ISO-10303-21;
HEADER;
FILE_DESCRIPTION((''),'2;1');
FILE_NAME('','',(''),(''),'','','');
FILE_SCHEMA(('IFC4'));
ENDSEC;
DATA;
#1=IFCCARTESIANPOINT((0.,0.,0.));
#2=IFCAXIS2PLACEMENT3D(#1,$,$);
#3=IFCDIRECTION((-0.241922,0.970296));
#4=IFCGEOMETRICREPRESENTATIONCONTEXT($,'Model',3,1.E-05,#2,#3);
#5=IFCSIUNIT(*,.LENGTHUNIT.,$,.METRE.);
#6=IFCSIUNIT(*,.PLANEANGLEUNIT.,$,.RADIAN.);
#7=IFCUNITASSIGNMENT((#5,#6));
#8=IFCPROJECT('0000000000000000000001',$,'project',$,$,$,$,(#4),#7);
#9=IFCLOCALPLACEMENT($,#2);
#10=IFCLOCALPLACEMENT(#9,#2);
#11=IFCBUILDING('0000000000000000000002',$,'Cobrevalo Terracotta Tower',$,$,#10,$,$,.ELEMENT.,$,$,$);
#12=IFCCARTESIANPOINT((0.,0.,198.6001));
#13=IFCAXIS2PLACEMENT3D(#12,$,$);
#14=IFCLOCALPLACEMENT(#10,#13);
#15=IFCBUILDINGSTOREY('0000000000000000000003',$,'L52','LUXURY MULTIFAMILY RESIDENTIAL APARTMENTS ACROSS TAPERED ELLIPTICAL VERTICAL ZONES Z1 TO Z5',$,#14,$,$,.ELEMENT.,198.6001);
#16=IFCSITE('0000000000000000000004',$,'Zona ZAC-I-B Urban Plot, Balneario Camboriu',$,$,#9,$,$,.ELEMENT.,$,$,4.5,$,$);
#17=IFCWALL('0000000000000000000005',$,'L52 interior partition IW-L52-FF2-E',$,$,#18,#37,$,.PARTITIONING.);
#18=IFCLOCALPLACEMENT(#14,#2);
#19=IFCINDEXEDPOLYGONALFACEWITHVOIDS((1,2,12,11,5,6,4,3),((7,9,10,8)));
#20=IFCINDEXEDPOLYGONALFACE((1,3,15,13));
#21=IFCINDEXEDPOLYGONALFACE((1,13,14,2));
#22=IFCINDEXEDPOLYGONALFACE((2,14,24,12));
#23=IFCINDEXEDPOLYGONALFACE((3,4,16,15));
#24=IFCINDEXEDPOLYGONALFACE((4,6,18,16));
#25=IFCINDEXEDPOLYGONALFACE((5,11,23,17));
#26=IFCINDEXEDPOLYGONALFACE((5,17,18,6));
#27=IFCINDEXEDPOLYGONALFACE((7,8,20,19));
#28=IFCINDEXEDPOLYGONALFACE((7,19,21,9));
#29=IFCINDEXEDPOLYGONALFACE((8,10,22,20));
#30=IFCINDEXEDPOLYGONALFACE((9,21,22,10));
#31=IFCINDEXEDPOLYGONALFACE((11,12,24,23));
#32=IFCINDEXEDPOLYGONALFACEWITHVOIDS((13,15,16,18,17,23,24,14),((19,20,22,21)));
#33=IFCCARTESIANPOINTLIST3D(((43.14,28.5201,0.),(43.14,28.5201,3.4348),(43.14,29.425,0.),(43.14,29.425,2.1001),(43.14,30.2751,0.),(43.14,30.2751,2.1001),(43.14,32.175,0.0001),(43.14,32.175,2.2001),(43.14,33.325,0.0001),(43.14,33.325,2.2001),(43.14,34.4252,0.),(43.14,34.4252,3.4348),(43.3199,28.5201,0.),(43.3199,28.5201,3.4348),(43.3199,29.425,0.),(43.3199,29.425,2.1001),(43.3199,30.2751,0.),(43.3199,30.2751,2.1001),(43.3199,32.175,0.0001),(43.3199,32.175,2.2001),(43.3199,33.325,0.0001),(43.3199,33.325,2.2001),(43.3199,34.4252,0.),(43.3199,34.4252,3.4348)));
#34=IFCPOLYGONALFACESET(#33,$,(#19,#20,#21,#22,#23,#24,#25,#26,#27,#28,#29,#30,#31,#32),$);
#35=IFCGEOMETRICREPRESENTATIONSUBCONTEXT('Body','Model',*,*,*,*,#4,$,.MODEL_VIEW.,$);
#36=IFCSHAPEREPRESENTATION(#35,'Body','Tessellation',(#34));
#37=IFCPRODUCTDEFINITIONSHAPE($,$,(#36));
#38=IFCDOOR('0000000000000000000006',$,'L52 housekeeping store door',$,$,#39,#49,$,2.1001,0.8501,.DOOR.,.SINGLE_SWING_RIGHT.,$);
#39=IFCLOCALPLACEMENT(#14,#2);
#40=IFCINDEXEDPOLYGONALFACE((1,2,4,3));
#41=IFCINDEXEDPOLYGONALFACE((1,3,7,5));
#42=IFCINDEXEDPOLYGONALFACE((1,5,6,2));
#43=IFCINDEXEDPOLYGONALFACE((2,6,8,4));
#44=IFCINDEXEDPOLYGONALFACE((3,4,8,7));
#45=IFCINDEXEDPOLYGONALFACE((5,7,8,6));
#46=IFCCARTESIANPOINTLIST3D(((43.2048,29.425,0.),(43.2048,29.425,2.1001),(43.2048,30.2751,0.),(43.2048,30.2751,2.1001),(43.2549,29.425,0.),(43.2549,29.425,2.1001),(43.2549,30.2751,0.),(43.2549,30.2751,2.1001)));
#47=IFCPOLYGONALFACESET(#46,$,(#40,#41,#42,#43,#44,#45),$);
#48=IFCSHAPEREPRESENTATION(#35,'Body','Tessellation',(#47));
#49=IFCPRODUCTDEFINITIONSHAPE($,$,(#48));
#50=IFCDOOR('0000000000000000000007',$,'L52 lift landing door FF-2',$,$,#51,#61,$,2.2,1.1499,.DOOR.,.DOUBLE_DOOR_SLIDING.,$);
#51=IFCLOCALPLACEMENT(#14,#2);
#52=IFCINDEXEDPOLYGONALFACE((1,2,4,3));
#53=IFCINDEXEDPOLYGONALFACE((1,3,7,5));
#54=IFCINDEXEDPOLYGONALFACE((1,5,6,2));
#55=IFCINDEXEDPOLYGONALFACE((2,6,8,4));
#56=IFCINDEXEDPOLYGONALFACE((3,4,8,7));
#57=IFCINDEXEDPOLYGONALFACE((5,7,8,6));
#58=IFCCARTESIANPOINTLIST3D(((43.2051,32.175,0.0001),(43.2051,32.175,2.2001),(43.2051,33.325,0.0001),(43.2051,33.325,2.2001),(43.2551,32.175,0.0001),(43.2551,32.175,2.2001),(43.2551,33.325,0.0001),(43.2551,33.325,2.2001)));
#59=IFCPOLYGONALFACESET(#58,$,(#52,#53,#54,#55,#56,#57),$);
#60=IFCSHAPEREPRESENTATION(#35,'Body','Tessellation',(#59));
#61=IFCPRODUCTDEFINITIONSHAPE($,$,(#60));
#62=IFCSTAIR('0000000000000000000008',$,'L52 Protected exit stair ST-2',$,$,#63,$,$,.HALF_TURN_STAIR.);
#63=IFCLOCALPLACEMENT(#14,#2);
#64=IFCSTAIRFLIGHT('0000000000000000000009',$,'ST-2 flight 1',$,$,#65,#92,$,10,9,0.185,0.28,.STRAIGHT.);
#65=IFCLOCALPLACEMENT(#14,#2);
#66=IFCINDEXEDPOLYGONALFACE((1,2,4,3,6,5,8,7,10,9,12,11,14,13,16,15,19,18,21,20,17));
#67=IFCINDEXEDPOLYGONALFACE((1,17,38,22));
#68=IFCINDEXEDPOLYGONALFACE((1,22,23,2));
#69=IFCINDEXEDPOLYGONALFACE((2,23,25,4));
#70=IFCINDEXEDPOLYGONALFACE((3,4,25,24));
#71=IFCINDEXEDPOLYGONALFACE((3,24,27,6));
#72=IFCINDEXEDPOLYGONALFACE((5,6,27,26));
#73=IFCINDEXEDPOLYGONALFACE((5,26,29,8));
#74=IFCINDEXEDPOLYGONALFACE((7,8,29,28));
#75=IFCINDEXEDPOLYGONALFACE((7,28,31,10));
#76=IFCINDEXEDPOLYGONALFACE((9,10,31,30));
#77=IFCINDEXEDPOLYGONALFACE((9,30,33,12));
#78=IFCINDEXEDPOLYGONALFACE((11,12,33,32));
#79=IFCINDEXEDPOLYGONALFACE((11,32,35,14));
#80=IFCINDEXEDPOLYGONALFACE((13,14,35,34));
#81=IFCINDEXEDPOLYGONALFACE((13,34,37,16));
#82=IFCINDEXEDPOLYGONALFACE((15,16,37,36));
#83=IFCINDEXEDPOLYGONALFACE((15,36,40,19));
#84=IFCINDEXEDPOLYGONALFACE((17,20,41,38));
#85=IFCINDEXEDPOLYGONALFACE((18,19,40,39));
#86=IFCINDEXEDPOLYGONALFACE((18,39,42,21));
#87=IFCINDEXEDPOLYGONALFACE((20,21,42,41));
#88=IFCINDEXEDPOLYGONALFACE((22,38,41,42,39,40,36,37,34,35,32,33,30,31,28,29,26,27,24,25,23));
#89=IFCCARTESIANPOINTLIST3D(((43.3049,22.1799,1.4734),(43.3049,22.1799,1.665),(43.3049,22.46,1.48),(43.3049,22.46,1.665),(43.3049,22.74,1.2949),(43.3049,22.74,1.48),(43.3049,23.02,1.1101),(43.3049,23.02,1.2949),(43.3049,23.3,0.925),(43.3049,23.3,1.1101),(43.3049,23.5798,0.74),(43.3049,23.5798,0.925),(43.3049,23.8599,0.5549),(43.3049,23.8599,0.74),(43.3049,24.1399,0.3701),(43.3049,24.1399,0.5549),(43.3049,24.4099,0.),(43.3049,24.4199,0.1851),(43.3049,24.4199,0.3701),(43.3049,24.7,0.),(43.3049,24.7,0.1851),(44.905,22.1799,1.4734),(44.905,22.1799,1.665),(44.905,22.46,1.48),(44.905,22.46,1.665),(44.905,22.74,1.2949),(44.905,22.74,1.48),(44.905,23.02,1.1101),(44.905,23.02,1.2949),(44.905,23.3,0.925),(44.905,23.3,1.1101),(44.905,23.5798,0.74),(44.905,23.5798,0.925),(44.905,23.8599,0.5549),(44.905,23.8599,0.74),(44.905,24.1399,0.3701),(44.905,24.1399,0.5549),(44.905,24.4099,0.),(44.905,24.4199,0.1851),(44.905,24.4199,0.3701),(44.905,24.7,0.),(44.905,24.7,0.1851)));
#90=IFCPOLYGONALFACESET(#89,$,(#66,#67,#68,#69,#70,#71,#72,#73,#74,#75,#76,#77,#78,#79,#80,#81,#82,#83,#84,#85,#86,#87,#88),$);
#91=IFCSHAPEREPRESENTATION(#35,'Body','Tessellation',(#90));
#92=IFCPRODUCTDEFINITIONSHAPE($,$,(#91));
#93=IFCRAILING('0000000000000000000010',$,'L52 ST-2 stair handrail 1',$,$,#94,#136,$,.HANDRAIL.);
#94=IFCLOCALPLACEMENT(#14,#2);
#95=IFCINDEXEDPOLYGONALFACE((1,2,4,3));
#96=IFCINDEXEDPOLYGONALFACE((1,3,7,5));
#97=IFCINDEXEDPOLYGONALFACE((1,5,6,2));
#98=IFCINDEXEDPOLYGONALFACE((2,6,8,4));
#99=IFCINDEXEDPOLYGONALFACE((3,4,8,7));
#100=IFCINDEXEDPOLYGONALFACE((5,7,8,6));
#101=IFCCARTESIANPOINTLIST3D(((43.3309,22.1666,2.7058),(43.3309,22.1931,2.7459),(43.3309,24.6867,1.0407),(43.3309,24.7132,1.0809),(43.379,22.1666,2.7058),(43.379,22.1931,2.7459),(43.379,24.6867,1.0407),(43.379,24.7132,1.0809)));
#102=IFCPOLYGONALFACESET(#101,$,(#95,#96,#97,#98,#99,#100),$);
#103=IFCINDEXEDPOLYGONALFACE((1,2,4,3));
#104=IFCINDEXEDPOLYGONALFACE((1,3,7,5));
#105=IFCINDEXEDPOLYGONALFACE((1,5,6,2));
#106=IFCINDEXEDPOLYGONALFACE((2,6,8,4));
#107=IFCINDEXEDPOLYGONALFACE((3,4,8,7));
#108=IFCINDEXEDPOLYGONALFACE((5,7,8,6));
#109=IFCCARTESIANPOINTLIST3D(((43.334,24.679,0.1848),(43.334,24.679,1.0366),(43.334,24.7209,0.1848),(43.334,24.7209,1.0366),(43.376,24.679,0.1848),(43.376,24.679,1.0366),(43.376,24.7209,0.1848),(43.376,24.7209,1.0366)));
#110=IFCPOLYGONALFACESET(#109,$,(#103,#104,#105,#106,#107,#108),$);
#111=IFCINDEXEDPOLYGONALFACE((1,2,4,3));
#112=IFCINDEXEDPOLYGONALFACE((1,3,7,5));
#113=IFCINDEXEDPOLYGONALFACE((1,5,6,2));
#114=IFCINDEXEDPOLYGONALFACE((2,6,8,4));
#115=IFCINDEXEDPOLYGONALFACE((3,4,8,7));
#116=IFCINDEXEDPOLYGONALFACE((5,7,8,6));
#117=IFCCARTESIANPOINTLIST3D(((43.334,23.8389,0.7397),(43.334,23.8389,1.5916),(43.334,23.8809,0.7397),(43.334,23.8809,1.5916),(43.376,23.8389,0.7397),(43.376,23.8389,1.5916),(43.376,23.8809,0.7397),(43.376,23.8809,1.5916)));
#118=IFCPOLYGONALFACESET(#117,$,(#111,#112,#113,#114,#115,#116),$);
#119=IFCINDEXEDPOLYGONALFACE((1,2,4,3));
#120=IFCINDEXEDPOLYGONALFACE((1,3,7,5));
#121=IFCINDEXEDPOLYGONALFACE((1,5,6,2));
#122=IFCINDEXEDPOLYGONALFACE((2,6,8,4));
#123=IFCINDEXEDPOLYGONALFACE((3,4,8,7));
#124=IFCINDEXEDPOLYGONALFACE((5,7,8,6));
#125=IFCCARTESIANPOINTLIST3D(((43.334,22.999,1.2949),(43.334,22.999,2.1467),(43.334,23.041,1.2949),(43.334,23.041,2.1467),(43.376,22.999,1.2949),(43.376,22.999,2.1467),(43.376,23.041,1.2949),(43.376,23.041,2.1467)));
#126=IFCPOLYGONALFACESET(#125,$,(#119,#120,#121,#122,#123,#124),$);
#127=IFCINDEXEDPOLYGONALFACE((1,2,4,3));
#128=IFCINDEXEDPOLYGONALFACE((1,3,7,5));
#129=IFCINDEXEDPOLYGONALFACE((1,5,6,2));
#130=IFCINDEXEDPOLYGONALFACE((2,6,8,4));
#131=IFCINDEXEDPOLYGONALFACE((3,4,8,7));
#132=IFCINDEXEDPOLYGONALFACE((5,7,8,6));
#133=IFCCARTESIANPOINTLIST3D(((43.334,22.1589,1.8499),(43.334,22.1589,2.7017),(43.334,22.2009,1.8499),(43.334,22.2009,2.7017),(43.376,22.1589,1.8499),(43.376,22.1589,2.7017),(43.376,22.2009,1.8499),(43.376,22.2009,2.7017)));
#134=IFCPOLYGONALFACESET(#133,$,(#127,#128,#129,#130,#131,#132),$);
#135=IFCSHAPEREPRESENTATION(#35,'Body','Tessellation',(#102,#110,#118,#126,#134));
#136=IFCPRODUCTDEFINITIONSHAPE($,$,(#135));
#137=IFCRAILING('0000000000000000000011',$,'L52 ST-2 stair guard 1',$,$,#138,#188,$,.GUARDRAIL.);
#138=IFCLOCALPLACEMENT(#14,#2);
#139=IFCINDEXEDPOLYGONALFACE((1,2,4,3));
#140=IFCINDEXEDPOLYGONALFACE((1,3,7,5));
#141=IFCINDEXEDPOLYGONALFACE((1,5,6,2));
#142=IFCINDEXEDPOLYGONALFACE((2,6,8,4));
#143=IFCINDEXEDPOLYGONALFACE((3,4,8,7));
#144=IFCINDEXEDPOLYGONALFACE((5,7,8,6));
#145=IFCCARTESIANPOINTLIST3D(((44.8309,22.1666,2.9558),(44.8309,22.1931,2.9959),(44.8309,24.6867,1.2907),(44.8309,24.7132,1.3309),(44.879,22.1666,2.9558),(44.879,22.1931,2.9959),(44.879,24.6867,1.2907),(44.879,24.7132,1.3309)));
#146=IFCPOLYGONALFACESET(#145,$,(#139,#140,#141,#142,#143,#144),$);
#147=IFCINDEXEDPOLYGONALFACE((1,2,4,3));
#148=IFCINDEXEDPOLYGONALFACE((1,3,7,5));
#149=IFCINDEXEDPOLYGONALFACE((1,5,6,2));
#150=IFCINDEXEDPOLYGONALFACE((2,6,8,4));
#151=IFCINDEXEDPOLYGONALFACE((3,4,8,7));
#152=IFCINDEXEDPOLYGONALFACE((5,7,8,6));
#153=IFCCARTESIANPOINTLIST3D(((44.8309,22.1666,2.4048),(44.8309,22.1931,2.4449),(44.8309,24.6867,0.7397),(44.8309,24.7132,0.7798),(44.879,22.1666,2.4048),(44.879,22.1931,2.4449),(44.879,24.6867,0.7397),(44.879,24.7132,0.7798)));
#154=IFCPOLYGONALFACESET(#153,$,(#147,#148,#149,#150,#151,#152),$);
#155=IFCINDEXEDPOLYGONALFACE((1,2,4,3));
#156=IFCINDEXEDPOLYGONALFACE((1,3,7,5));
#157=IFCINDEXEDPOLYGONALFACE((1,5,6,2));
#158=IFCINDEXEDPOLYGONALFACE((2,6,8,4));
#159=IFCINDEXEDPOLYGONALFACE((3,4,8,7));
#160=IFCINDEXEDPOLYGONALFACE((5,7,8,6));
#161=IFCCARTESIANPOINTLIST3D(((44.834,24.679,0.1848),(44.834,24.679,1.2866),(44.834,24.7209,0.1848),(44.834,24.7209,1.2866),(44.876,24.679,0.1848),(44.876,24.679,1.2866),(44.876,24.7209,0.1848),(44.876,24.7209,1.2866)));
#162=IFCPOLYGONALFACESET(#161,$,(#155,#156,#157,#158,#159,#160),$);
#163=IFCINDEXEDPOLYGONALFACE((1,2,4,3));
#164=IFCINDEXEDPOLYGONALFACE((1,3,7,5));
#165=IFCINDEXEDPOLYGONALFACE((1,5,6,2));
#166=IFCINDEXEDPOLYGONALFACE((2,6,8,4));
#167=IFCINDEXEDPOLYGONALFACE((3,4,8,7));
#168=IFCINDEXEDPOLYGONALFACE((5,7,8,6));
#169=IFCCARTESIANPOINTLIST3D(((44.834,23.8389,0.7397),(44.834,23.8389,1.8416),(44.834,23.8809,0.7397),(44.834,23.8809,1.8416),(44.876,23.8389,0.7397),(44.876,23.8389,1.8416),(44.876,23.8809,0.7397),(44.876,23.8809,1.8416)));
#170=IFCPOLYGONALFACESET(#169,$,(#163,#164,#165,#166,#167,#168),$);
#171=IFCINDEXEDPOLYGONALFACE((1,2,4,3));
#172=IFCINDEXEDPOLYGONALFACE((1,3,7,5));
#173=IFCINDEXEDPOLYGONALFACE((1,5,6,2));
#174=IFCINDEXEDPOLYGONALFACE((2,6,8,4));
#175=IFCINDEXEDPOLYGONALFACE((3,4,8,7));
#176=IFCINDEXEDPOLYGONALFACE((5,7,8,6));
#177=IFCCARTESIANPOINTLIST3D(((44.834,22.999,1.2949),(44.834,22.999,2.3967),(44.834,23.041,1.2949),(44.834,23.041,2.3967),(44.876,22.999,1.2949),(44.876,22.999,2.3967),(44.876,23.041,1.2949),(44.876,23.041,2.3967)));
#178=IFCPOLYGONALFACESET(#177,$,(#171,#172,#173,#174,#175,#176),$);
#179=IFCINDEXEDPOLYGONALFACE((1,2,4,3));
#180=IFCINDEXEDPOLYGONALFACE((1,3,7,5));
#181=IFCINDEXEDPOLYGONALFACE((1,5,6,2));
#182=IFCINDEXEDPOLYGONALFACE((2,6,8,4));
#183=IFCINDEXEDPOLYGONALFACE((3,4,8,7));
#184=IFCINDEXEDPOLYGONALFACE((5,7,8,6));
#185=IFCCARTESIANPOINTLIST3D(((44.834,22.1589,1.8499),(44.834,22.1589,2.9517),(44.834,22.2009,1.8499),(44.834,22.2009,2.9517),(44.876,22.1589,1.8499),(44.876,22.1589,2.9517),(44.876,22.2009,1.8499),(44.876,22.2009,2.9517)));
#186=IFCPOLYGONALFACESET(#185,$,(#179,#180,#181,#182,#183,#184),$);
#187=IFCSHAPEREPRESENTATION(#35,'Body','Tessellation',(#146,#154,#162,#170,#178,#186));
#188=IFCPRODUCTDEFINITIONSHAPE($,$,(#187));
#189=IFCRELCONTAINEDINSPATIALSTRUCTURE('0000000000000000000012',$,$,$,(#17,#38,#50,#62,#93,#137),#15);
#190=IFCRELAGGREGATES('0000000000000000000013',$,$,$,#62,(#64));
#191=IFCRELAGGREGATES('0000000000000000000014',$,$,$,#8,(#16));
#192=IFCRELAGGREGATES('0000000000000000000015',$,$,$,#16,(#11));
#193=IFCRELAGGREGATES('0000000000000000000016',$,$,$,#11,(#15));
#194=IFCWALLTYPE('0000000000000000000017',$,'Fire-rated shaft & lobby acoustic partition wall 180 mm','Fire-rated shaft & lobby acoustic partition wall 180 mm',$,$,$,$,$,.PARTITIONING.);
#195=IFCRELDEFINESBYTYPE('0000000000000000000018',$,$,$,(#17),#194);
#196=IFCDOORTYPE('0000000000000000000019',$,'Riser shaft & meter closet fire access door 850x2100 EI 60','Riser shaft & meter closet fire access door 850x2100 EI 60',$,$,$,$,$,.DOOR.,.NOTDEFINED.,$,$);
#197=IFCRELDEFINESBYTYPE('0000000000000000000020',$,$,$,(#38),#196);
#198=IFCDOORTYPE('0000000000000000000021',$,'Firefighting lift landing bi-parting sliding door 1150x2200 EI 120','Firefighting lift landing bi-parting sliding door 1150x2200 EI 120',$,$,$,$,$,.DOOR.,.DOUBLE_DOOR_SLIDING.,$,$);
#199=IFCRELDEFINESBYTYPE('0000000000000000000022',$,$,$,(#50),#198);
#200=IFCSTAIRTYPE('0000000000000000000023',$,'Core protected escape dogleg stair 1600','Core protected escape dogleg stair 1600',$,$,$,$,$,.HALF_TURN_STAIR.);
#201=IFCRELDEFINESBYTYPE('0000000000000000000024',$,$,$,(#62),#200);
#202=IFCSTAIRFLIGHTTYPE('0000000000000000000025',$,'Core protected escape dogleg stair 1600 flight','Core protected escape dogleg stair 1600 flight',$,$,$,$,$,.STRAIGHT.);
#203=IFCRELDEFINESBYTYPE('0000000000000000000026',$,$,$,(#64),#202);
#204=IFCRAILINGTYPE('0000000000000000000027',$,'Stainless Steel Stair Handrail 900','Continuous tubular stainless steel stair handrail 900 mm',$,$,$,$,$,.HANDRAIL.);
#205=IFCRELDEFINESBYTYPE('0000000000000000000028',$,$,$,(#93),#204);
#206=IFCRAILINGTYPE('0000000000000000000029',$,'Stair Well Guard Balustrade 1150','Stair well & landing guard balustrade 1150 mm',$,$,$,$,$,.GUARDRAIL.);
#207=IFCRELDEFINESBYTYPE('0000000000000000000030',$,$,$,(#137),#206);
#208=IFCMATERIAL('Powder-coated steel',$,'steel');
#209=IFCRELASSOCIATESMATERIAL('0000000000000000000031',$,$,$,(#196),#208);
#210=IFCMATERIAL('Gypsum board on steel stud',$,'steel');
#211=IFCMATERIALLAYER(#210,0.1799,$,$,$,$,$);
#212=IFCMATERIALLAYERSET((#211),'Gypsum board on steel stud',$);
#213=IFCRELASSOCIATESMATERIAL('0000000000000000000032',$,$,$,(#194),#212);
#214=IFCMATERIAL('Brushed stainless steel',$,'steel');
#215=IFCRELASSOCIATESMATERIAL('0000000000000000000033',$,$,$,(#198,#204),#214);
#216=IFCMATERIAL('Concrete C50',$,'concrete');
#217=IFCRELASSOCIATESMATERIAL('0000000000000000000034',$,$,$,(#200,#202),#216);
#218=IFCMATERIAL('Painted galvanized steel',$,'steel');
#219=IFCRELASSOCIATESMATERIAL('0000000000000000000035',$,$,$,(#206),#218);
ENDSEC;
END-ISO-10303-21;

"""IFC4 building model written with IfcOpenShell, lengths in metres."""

from ifc_helpers import new_model, si_unit, direction, frame, frame_2d, origin, origin_2d, place, context, subcontext, project, spatial, polyline, rectangle, outline, extrude, source, transform, mapped, material, layer, layer_set, type_object, element, fill, aggregate, save


model = new_model("IFC4")

# Units and contexts
model_context = context("Model", 3, precision=1e-05, world=origin(), true_north=direction((-0.241922, 0.970296)))
body_context = subcontext(model_context, "Body", "Model", "MODEL_VIEW")
ifc_project = project(units=[si_unit("LENGTHUNIT", "METRE"), si_unit("PLANEANGLEUNIT", "RADIAN")], contexts=[model_context])

# Site, building, storey
site_placement = place(None, origin())
site = spatial("IfcSite", under=ifc_project, at=site_placement, Name="Zona ZAC-I-B Urban Plot, Balneario Camboriu", CompositionType="ELEMENT", RefElevation=4.5)
building_placement = place(site_placement, origin())
building = spatial("IfcBuilding", under=site, at=building_placement, Name="Cobrevalo Terracotta Tower", CompositionType="ELEMENT")
storey_placement = place(building_placement, frame((0.0, 0.0, 198.6001)))
storey = spatial("IfcBuildingStorey", under=building, at=storey_placement, Name="L52", Description="LUXURY MULTIFAMILY RESIDENTIAL APARTMENTS ACROSS TAPERED ELLIPTICAL VERTICAL ZONES Z1 TO Z5", CompositionType="ELEMENT", Elevation=198.6001)

# Shared definitions
ifc_material_1 = material(Name="Gypsum board on steel stud", Category="steel")

# Shared definitions
ifc_material_2 = material(Name="Powder-coated steel", Category="steel")
door_type_1 = type_object("IfcDoorType", Name="Riser shaft & meter closet fire access door 850x2100 EI 60", Description="Riser shaft & meter closet fire access door 850x2100 EI 60", OperationType="NOTDEFINED", PredefinedType="DOOR", material=ifc_material_2)
shared_shape_1 = source(origin(), body_context, "Body", "SweptSolid", [
    extrude(rectangle(XDim=0.8501, YDim=2.1001, at=frame_2d((0.425, 1.05))), frame((0.0, 0.0249, 0.0), z_axis=(0.0, -1.0, 0.0), x_axis=(1.0, 0.0, 0.0)), (0.0, 0.0, 1.0), 0.05),
])

# Shared definitions
ifc_material_3 = material(Name="Brushed stainless steel", Category="steel")

# Shared definitions
ifc_layer_1 = layer(ifc_material_1, 0.1799)
ifc_layer_set_1 = layer_set([ifc_layer_1], Name="Gypsum board on steel stud")
wall_type_1 = type_object("IfcWallType", Name="Fire-rated shaft & lobby acoustic partition wall 180 mm", Description="Fire-rated shaft & lobby acoustic partition wall 180 mm", PredefinedType="PARTITIONING", material=ifc_layer_set_1)

# Wall, openings, doors
wall_1_placement = place(storey_placement, frame((43.23, 28.52, 0.0), z_axis=(0.0, 0.0, 1.0), x_axis=(0.0, 1.0, 0.0)))
wall_1 = element("IfcWall", 1, at=wall_1_placement, inside=storey, type_object=wall_type_1, Name="L52 interior partition IW-L52-FF2-E", PredefinedType="PARTITIONING", context=body_context, shape_type="SweptSolid", body=[
    extrude(rectangle(XDim=5.905, YDim=0.1799, at=frame_2d((2.9526, 0.0))), origin(), (0.0, 0.0, 1.0), 3.4348),
])
opening_1_placement = place(wall_1_placement, frame((0.905, 0.0, 0.0)))
opening_1 = element("IfcOpeningElement", 2, at=opening_1_placement, cuts=wall_1, PredefinedType="OPENING", context=body_context, shape_type="SweptSolid", body=[
    extrude(rectangle(XDim=0.8501, YDim=2.1001, at=frame_2d((0.425, 1.05))), frame((0.0, 0.1001, 0.0), z_axis=(0.0, -1.0, 0.0), x_axis=(1.0, 0.0, 0.0)), (0.0, 0.0, 1.0), 0.2),
])
opening_2_placement = place(wall_1_placement, frame((3.655, 0.0, 0.0)))
opening_2 = element("IfcOpeningElement", 3, at=opening_2_placement, cuts=wall_1, PredefinedType="OPENING", context=body_context, shape_type="SweptSolid", body=[
    extrude(rectangle(XDim=1.1499, YDim=2.2, at=frame_2d((0.575, 1.1001))), frame((0.0, 0.1001, 0.0), z_axis=(0.0, -1.0, 0.0), x_axis=(1.0, 0.0, 0.0)), (0.0, 0.0, 1.0), 0.2),
])
door_1_placement = place(opening_1_placement, frame((0.8501, 0.0, 0.0), z_axis=(0.0, 0.0, 1.0), x_axis=(-1.0, 0.0, 0.0)))
door_1 = element("IfcDoor", 4, at=door_1_placement, inside=storey, type_object=door_type_1, Name="L52 housekeeping store door", OperationType="SINGLE_SWING_RIGHT", OverallHeight=2.1001, OverallWidth=0.8501, PredefinedType="DOOR", context=body_context, shape_type="MappedRepresentation", body=[
    mapped(shared_shape_1, transform((0.0, 0.0, 0.0), scale=1.0)),
])
fill(opening_1, door_1)
door_type_2 = type_object("IfcDoorType", Name="Firefighting lift landing bi-parting sliding door 1150x2200 EI 120", Description="Firefighting lift landing bi-parting sliding door 1150x2200 EI 120", OperationType="DOUBLE_DOOR_SLIDING", PredefinedType="DOOR", material=ifc_material_3)
shared_shape_2 = source(origin(), body_context, "Body", "SweptSolid", [
    extrude(rectangle(XDim=1.1499, YDim=2.2, at=frame_2d((0.575, 1.1001))), frame((0.0, 0.0249, 0.0), z_axis=(0.0, -1.0, 0.0), x_axis=(1.0, 0.0, 0.0)), (0.0, 0.0, 1.0), 0.05),
])
door_2_placement = place(opening_2_placement, origin())
door_2 = element("IfcDoor", 5, at=door_2_placement, inside=storey, type_object=door_type_2, Name="L52 lift landing door FF-2", OperationType="DOUBLE_DOOR_SLIDING", OverallHeight=2.2, OverallWidth=1.1499, PredefinedType="DOOR", context=body_context, shape_type="MappedRepresentation", body=[
    mapped(shared_shape_2, transform((0.0, 0.0, 0.0), scale=1.0)),
])
fill(opening_2, door_2)

# Shared definitions
ifc_material_4 = material(Name="Concrete C50", Category="concrete")

# Stair, stair flight
stair_type = type_object("IfcStairType", Name="Core protected escape dogleg stair 1600", Description="Core protected escape dogleg stair 1600", PredefinedType="HALF_TURN_STAIR", material=ifc_material_4)
stair_placement = place(storey_placement, origin())
stair = element("IfcStair", 6, at=stair_placement, inside=storey, type_object=stair_type, Name="L52 Protected exit stair ST-2", PredefinedType="HALF_TURN_STAIR")
stair_flight_type = type_object("IfcStairFlightType", Name="Core protected escape dogleg stair 1600 flight", Description="Core protected escape dogleg stair 1600 flight", PredefinedType="STRAIGHT", material=ifc_material_4)
stair_flight_placement = place(storey_placement, frame((44.105, 24.7, 0.0), z_axis=(0.0, 0.0, 1.0), x_axis=(0.0, -1.0, 0.0)))
stair_flight = element("IfcStairFlight", 7, at=stair_flight_placement, type_object=stair_flight_type, Name="ST-2 flight 1", NumberOfRisers=10, NumberOfTreads=9, PredefinedType="STRAIGHT", RiserHeight=0.185, TreadLength=0.28, context=body_context, shape_type="SweptSolid", body=[
    extrude(outline(polyline([(0.0, 0.0), (0.0, 0.1851), (0.28, 0.1851), (0.28, 0.3701), (0.5601, 0.3701), (0.5601, 0.5549), (0.8401, 0.5549), (0.8401, 0.74), (1.1201, 0.74), (1.1201, 0.925), (1.3999, 0.925), (1.3999, 1.1101), (1.6799, 1.1101), (1.6799, 1.2949), (1.96, 1.2949), (1.96, 1.48), (2.24, 1.48), (2.24, 1.665), (2.52, 1.665), (2.52, 1.8501), (2.52, 1.4734), (0.29, 0.0), (0.0, 0.0)])), frame((0.0, 0.8, 0.0), z_axis=(0.0, -1.0, 0.0), x_axis=(1.0, 0.0, 0.0)), (0.0, 0.0, 1.0), 1.6001),
])
aggregate(stair, [stair_flight])

# Railings
railing_type_1 = type_object("IfcRailingType", Name="Stainless Steel Stair Handrail 900", Description="Continuous tubular stainless steel stair handrail 900 mm", PredefinedType="HANDRAIL", material=ifc_material_3)
railing_1_placement = place(storey_placement, frame((43.355, 24.7, 0.1848)))
element("IfcRailing", 8, at=railing_1_placement, inside=storey, type_object=railing_type_1, Name="L52 ST-2 stair handrail 1", PredefinedType="HANDRAIL", context=body_context, shape_type="SweptSolid", body=[
    extrude(rectangle(XDim=0.0481, YDim=0.0481, at=origin_2d()), frame((0.0, 0.0, 0.876), z_axis=(0.0, -0.834331, 0.551263), x_axis=(1.0, 0.0, 0.0)), (0.0, 0.0, 1.0), 3.0205),
    extrude(rectangle(XDim=0.042, YDim=0.042, at=origin_2d()), origin(), (0.0, 0.0, 1.0), 0.8518),
    extrude(rectangle(XDim=0.042, YDim=0.042, at=origin_2d()), frame((0.0, -0.8401, 0.5549)), (0.0, 0.0, 1.0), 0.8518),
    extrude(rectangle(XDim=0.042, YDim=0.042, at=origin_2d()), frame((0.0, -1.6799, 1.1101)), (0.0, 0.0, 1.0), 0.8518),
    extrude(rectangle(XDim=0.042, YDim=0.042, at=origin_2d()), frame((0.0, -2.52, 1.665)), (0.0, 0.0, 1.0), 0.8518),
])
ifc_material_5 = material(Name="Painted galvanized steel", Category="steel")
railing_type_2 = type_object("IfcRailingType", Name="Stair Well Guard Balustrade 1150", Description="Stair well & landing guard balustrade 1150 mm", PredefinedType="GUARDRAIL", material=ifc_material_5)
railing_2_placement = place(storey_placement, frame((44.855, 24.7, 0.1848)))
element("IfcRailing", 9, at=railing_2_placement, inside=storey, type_object=railing_type_2, Name="L52 ST-2 stair guard 1", PredefinedType="GUARDRAIL", context=body_context, shape_type="SweptSolid", body=[
    extrude(rectangle(XDim=0.0481, YDim=0.0481, at=origin_2d()), frame((0.0, 0.0, 1.126), z_axis=(0.0, -0.834331, 0.551263), x_axis=(1.0, 0.0, 0.0)), (0.0, 0.0, 1.0), 3.0205),
    extrude(rectangle(XDim=0.0481, YDim=0.0481, at=origin_2d()), frame((0.0, 0.0, 0.575), z_axis=(0.0, -0.834331, 0.551263), x_axis=(1.0, 0.0, 0.0)), (0.0, 0.0, 1.0), 3.0205),
    extrude(rectangle(XDim=0.042, YDim=0.042, at=origin_2d()), origin(), (0.0, 0.0, 1.0), 1.1018),
    extrude(rectangle(XDim=0.042, YDim=0.042, at=origin_2d()), frame((0.0, -0.8401, 0.5549)), (0.0, 0.0, 1.0), 1.1018),
    extrude(rectangle(XDim=0.042, YDim=0.042, at=origin_2d()), frame((0.0, -1.6799, 1.1101)), (0.0, 0.0, 1.0), 1.1018),
    extrude(rectangle(XDim=0.042, YDim=0.042, at=origin_2d()), frame((0.0, -2.52, 1.665)), (0.0, 0.0, 1.0), 1.1018),
])

save(model, "model.ifc")
